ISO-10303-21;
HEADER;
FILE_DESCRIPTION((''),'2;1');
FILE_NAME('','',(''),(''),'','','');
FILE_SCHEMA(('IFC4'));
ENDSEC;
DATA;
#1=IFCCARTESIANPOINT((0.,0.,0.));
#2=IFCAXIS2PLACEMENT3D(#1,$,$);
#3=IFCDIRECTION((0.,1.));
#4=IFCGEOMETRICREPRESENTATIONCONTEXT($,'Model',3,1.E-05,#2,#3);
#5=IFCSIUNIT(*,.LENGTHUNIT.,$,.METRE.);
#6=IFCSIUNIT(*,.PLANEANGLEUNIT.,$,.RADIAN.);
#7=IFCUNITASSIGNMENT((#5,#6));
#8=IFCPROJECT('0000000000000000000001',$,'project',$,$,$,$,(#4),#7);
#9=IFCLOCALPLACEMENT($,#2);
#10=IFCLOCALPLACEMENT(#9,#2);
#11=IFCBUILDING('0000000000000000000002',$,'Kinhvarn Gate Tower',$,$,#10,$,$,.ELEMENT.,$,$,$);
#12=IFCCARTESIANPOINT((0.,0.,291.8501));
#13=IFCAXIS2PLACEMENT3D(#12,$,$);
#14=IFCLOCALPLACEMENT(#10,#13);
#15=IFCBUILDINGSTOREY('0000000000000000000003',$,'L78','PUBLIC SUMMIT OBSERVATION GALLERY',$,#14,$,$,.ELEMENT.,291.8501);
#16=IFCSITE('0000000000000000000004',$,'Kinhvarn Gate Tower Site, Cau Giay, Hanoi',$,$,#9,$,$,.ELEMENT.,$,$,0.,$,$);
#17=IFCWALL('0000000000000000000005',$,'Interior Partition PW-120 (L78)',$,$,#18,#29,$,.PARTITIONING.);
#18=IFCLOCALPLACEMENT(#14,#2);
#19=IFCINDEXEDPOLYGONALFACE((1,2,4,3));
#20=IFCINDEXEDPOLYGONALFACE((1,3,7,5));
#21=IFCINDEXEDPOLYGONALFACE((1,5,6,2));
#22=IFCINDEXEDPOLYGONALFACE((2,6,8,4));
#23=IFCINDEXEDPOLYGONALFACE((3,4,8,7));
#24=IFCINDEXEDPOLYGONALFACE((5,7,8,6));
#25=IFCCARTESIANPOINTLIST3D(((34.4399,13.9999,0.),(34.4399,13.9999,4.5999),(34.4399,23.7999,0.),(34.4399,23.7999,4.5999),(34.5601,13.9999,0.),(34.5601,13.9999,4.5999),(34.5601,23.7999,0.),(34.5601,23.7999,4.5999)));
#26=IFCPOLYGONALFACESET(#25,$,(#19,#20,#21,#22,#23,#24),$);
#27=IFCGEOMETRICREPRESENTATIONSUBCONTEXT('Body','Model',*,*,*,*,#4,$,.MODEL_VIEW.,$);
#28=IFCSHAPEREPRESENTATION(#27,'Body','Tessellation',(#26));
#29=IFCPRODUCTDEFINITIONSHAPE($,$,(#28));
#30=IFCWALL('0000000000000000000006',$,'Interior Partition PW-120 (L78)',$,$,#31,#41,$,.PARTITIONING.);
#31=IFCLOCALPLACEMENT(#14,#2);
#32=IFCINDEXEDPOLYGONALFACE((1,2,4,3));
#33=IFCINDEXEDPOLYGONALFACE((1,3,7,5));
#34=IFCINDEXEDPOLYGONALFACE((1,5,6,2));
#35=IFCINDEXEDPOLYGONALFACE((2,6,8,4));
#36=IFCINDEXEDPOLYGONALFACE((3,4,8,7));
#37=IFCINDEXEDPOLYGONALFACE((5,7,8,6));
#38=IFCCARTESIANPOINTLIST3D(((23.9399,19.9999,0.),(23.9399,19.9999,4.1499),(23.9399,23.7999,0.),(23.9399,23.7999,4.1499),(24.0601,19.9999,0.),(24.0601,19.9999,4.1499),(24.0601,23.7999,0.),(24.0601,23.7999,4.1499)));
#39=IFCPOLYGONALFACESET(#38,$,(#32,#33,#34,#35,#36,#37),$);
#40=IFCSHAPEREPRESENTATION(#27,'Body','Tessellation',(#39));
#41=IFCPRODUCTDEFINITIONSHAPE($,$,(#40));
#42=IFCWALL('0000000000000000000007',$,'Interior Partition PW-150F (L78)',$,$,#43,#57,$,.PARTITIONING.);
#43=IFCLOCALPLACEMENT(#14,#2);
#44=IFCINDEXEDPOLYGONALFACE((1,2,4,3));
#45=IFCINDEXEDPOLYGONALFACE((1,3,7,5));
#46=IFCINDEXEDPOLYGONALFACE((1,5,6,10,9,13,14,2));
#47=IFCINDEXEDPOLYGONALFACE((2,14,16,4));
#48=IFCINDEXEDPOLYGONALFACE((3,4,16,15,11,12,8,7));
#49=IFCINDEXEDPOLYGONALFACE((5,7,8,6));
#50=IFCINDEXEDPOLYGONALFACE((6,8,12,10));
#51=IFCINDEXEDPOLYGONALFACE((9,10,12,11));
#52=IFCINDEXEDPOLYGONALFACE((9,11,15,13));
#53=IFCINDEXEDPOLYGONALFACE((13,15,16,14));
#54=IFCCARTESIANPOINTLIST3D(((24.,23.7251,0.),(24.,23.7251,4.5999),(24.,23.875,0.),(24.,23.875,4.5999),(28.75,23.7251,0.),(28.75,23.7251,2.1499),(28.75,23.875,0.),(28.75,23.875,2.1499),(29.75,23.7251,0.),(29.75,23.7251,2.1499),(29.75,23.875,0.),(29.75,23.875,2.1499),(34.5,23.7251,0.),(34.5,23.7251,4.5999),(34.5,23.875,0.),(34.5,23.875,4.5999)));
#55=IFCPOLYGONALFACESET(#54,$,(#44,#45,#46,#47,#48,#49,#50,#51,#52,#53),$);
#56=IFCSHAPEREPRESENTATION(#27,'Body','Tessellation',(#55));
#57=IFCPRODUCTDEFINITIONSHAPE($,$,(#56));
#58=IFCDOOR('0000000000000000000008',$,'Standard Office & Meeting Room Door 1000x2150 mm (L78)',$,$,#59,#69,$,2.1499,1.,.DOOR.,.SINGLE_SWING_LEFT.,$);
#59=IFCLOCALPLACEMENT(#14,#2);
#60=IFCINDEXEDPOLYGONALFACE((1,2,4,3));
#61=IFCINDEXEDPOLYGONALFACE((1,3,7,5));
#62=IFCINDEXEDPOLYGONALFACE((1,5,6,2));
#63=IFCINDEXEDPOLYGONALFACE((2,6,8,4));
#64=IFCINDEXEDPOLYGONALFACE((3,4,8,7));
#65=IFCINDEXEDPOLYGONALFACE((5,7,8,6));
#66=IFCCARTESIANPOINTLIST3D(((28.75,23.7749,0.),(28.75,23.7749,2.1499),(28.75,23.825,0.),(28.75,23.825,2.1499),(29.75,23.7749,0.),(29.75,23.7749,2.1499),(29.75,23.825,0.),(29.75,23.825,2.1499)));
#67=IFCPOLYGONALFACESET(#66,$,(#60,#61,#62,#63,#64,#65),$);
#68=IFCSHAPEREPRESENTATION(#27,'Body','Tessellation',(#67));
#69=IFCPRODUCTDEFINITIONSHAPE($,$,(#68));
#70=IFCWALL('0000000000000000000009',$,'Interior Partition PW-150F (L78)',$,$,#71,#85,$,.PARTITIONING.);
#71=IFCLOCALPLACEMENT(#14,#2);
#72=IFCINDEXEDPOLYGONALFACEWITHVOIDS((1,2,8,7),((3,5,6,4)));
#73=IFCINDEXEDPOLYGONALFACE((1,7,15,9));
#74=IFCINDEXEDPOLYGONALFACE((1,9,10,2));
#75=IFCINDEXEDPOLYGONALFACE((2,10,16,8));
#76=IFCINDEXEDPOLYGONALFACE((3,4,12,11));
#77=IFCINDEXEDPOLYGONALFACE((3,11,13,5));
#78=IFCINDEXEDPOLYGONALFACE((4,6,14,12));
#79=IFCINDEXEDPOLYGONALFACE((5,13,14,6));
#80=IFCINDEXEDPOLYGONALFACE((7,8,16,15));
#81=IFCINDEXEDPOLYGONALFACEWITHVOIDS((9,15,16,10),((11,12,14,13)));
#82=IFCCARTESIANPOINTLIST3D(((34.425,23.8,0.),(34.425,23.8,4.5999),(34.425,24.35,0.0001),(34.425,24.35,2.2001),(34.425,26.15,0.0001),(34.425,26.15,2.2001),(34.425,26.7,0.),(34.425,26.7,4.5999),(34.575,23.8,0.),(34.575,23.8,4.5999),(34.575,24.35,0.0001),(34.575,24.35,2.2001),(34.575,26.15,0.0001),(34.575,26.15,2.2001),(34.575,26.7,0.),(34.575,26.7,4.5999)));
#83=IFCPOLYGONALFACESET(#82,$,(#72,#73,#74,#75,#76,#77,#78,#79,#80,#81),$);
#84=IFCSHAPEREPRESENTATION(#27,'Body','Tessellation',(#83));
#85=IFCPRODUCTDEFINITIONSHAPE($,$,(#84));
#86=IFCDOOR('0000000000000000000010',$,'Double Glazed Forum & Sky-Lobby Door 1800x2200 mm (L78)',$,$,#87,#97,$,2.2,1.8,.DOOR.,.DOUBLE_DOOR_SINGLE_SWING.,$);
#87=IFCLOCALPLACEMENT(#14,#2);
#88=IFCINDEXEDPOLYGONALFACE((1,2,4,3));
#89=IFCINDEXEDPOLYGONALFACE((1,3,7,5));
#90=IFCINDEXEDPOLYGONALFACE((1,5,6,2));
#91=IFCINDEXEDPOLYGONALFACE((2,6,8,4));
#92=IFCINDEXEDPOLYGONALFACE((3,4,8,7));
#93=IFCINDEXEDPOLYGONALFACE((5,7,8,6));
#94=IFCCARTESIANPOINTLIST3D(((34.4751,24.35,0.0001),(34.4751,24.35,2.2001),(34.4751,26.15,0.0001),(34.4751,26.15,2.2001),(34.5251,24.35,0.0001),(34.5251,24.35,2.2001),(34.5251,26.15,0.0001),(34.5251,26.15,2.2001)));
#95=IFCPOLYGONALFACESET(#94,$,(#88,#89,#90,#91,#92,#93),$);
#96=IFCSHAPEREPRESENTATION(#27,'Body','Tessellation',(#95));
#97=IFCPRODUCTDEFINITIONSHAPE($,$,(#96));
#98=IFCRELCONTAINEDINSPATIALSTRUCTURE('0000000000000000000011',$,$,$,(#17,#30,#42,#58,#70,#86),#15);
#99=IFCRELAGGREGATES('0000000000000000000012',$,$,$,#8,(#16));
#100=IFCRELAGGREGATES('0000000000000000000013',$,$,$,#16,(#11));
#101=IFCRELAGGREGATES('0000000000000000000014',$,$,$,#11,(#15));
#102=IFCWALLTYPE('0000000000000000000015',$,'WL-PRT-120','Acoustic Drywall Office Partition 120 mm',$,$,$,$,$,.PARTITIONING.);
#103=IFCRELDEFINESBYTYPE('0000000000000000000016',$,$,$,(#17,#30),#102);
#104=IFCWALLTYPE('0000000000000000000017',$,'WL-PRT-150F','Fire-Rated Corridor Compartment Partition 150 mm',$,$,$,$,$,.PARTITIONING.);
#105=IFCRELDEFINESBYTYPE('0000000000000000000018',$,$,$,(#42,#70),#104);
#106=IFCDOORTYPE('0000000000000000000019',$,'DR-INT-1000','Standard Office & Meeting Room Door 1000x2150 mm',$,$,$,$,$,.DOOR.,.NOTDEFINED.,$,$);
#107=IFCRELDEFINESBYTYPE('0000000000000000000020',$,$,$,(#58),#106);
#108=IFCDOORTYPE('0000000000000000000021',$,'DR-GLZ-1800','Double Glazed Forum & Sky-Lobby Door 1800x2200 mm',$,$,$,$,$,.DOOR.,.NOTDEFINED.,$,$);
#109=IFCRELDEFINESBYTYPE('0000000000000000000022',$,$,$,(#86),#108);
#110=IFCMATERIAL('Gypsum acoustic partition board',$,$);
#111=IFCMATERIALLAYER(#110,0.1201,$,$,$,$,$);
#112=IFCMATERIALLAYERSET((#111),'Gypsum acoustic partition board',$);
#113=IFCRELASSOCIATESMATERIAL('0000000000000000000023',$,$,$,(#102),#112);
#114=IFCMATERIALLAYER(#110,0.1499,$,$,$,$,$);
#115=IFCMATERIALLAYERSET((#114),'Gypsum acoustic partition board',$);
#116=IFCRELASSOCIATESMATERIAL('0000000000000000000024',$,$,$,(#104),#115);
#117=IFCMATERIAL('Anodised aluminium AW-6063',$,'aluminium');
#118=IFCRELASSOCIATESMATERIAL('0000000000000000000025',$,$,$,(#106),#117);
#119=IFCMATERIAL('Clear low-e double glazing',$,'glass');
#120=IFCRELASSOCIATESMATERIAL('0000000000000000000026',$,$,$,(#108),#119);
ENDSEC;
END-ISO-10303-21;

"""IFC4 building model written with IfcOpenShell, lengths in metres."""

from ifc_helpers import new_model, si_unit, direction, frame, frame_2d, origin, place, context, subcontext, project, spatial, rectangle, extrude, material, layer, layer_set, type_object, element, fill, save


model = new_model("IFC4")

# Units and contexts
model_context = context("Model", 3, precision=1e-05, world=origin(), true_north=direction((0.0, 1.0)))
body_context = subcontext(model_context, "Body", "Model", "MODEL_VIEW")
ifc_project = project(units=[si_unit("LENGTHUNIT", "METRE"), si_unit("PLANEANGLEUNIT", "RADIAN")], contexts=[model_context])

# Site, building, storey
site_placement = place(None, origin())
site = spatial("IfcSite", under=ifc_project, at=site_placement, Name="Kinhvarn Gate Tower Site, Cau Giay, Hanoi", CompositionType="ELEMENT", RefElevation=0.0)
building_placement = place(site_placement, origin())
building = spatial("IfcBuilding", under=site, at=building_placement, Name="Kinhvarn Gate Tower", CompositionType="ELEMENT")
storey_placement = place(building_placement, frame((0.0, 0.0, 291.8501)))
storey = spatial("IfcBuildingStorey", under=building, at=storey_placement, Name="L78", Description="PUBLIC SUMMIT OBSERVATION GALLERY", CompositionType="ELEMENT", Elevation=291.8501)

# Walls
ifc_material_1 = material(Name="Gypsum acoustic partition board")
ifc_layer_1 = layer(ifc_material_1, 0.1201)
ifc_layer_set_1 = layer_set([ifc_layer_1], Name="Gypsum acoustic partition board")
wall_type_1 = type_object("IfcWallType", Name="WL-PRT-120", Description="Acoustic Drywall Office Partition 120 mm", PredefinedType="PARTITIONING", material=ifc_layer_set_1)
wall_1_placement = place(storey_placement, frame((34.5, 14.0, 0.0), z_axis=(0.0, 0.0, 1.0), x_axis=(0.0, 1.0, 0.0)))
element("IfcWall", 1, at=wall_1_placement, inside=storey, type_object=wall_type_1, Name="Interior Partition PW-120 (L78)", PredefinedType="PARTITIONING", context=body_context, shape_type="SweptSolid", body=[
    extrude(rectangle(XDim=9.8, YDim=0.1201, at=frame_2d((4.8999, 0.0))), origin(), (0.0, 0.0, 1.0), 4.5999),
])
wall_2_placement = place(storey_placement, frame((24.0, 20.0, 0.0), z_axis=(0.0, 0.0, 1.0), x_axis=(0.0, 1.0, 0.0)))
element("IfcWall", 2, at=wall_2_placement, inside=storey, type_object=wall_type_1, Name="Interior Partition PW-120 (L78)", PredefinedType="PARTITIONING", context=body_context, shape_type="SweptSolid", body=[
    extrude(rectangle(XDim=3.8, YDim=0.1201, at=frame_2d((1.8999, 0.0))), origin(), (0.0, 0.0, 1.0), 4.1499),
])

# Walls, openings, doors
ifc_layer_2 = layer(ifc_material_1, 0.1499)
ifc_layer_set_2 = layer_set([ifc_layer_2], Name="Gypsum acoustic partition board")
wall_type_2 = type_object("IfcWallType", Name="WL-PRT-150F", Description="Fire-Rated Corridor Compartment Partition 150 mm", PredefinedType="PARTITIONING", material=ifc_layer_set_2)
wall_3_placement = place(storey_placement, frame((24.0, 23.8, 0.0), z_axis=(0.0, 0.0, 1.0), x_axis=(1.0, 0.0, 0.0)))
wall_3 = element("IfcWall", 3, at=wall_3_placement, inside=storey, type_object=wall_type_2, Name="Interior Partition PW-150F (L78)", PredefinedType="PARTITIONING", context=body_context, shape_type="SweptSolid", body=[
    extrude(rectangle(XDim=10.5, YDim=0.1499, at=frame_2d((5.25, 0.0))), origin(), (0.0, 0.0, 1.0), 4.5999),
])
opening_1_placement = place(wall_3_placement, frame((4.75, 0.0, 0.0)))
opening_1 = element("IfcOpeningElement", 4, at=opening_1_placement, cuts=wall_3, PredefinedType="OPENING", context=body_context, shape_type="SweptSolid", body=[
    extrude(rectangle(XDim=1.0, YDim=2.1499, at=frame_2d((0.5, 1.075))), frame((0.0, 0.085, 0.0), z_axis=(0.0, -1.0, 0.0), x_axis=(1.0, 0.0, 0.0)), (0.0, 0.0, 1.0), 0.1699),
])
ifc_material_2 = material(Name="Anodised aluminium AW-6063", Category="aluminium")
door_type_1 = type_object("IfcDoorType", Name="DR-INT-1000", Description="Standard Office & Meeting Room Door 1000x2150 mm", OperationType="NOTDEFINED", PredefinedType="DOOR", material=ifc_material_2)
door_1_placement = place(opening_1_placement, origin())
door_1 = element("IfcDoor", 5, at=door_1_placement, inside=storey, type_object=door_type_1, Name="Standard Office & Meeting Room Door 1000x2150 mm (L78)", OperationType="SINGLE_SWING_LEFT", OverallHeight=2.1499, OverallWidth=1.0, PredefinedType="DOOR", context=body_context, shape_type="SweptSolid", body=[
    extrude(rectangle(XDim=1.0, YDim=2.1499, at=frame_2d((0.5, 1.075))), frame((0.0, 0.0249, 0.0), z_axis=(0.0, -1.0, 0.0), x_axis=(1.0, 0.0, 0.0)), (0.0, 0.0, 1.0), 0.05),
])
fill(opening_1, door_1)
wall_4_placement = place(storey_placement, frame((34.5, 23.8, 0.0), z_axis=(0.0, 0.0, 1.0), x_axis=(0.0, 1.0, 0.0)))
wall_4 = element("IfcWall", 6, at=wall_4_placement, inside=storey, type_object=wall_type_2, Name="Interior Partition PW-150F (L78)", PredefinedType="PARTITIONING", context=body_context, shape_type="SweptSolid", body=[
    extrude(rectangle(XDim=2.8999, YDim=0.1499, at=frame_2d((1.45, 0.0))), origin(), (0.0, 0.0, 1.0), 4.5999),
])
opening_2_placement = place(wall_4_placement, frame((0.55, 0.0, 0.0)))
opening_2 = element("IfcOpeningElement", 7, at=opening_2_placement, cuts=wall_4, PredefinedType="OPENING", context=body_context, shape_type="SweptSolid", body=[
    extrude(rectangle(XDim=1.8, YDim=2.2, at=frame_2d((0.8999, 1.1001))), frame((0.0, 0.085, 0.0), z_axis=(0.0, -1.0, 0.0), x_axis=(1.0, 0.0, 0.0)), (0.0, 0.0, 1.0), 0.1699),
])
ifc_material_3 = material(Name="Clear low-e double glazing", Category="glass")
door_type_2 = type_object("IfcDoorType", Name="DR-GLZ-1800", Description="Double Glazed Forum & Sky-Lobby Door 1800x2200 mm", OperationType="NOTDEFINED", PredefinedType="DOOR", material=ifc_material_3)
door_2_placement = place(opening_2_placement, origin())
door_2 = element("IfcDoor", 8, at=door_2_placement, inside=storey, type_object=door_type_2, Name="Double Glazed Forum & Sky-Lobby Door 1800x2200 mm (L78)", OperationType="DOUBLE_DOOR_SINGLE_SWING", OverallHeight=2.2, OverallWidth=1.8, PredefinedType="DOOR", context=body_context, shape_type="SweptSolid", body=[
    extrude(rectangle(XDim=1.8, YDim=2.2, at=frame_2d((0.8999, 1.1001))), frame((0.0, 0.0249, 0.0), z_axis=(0.0, -1.0, 0.0), x_axis=(1.0, 0.0, 0.0)), (0.0, 0.0, 1.0), 0.05),
])
fill(opening_2, door_2)

save(model, "model.ifc")
